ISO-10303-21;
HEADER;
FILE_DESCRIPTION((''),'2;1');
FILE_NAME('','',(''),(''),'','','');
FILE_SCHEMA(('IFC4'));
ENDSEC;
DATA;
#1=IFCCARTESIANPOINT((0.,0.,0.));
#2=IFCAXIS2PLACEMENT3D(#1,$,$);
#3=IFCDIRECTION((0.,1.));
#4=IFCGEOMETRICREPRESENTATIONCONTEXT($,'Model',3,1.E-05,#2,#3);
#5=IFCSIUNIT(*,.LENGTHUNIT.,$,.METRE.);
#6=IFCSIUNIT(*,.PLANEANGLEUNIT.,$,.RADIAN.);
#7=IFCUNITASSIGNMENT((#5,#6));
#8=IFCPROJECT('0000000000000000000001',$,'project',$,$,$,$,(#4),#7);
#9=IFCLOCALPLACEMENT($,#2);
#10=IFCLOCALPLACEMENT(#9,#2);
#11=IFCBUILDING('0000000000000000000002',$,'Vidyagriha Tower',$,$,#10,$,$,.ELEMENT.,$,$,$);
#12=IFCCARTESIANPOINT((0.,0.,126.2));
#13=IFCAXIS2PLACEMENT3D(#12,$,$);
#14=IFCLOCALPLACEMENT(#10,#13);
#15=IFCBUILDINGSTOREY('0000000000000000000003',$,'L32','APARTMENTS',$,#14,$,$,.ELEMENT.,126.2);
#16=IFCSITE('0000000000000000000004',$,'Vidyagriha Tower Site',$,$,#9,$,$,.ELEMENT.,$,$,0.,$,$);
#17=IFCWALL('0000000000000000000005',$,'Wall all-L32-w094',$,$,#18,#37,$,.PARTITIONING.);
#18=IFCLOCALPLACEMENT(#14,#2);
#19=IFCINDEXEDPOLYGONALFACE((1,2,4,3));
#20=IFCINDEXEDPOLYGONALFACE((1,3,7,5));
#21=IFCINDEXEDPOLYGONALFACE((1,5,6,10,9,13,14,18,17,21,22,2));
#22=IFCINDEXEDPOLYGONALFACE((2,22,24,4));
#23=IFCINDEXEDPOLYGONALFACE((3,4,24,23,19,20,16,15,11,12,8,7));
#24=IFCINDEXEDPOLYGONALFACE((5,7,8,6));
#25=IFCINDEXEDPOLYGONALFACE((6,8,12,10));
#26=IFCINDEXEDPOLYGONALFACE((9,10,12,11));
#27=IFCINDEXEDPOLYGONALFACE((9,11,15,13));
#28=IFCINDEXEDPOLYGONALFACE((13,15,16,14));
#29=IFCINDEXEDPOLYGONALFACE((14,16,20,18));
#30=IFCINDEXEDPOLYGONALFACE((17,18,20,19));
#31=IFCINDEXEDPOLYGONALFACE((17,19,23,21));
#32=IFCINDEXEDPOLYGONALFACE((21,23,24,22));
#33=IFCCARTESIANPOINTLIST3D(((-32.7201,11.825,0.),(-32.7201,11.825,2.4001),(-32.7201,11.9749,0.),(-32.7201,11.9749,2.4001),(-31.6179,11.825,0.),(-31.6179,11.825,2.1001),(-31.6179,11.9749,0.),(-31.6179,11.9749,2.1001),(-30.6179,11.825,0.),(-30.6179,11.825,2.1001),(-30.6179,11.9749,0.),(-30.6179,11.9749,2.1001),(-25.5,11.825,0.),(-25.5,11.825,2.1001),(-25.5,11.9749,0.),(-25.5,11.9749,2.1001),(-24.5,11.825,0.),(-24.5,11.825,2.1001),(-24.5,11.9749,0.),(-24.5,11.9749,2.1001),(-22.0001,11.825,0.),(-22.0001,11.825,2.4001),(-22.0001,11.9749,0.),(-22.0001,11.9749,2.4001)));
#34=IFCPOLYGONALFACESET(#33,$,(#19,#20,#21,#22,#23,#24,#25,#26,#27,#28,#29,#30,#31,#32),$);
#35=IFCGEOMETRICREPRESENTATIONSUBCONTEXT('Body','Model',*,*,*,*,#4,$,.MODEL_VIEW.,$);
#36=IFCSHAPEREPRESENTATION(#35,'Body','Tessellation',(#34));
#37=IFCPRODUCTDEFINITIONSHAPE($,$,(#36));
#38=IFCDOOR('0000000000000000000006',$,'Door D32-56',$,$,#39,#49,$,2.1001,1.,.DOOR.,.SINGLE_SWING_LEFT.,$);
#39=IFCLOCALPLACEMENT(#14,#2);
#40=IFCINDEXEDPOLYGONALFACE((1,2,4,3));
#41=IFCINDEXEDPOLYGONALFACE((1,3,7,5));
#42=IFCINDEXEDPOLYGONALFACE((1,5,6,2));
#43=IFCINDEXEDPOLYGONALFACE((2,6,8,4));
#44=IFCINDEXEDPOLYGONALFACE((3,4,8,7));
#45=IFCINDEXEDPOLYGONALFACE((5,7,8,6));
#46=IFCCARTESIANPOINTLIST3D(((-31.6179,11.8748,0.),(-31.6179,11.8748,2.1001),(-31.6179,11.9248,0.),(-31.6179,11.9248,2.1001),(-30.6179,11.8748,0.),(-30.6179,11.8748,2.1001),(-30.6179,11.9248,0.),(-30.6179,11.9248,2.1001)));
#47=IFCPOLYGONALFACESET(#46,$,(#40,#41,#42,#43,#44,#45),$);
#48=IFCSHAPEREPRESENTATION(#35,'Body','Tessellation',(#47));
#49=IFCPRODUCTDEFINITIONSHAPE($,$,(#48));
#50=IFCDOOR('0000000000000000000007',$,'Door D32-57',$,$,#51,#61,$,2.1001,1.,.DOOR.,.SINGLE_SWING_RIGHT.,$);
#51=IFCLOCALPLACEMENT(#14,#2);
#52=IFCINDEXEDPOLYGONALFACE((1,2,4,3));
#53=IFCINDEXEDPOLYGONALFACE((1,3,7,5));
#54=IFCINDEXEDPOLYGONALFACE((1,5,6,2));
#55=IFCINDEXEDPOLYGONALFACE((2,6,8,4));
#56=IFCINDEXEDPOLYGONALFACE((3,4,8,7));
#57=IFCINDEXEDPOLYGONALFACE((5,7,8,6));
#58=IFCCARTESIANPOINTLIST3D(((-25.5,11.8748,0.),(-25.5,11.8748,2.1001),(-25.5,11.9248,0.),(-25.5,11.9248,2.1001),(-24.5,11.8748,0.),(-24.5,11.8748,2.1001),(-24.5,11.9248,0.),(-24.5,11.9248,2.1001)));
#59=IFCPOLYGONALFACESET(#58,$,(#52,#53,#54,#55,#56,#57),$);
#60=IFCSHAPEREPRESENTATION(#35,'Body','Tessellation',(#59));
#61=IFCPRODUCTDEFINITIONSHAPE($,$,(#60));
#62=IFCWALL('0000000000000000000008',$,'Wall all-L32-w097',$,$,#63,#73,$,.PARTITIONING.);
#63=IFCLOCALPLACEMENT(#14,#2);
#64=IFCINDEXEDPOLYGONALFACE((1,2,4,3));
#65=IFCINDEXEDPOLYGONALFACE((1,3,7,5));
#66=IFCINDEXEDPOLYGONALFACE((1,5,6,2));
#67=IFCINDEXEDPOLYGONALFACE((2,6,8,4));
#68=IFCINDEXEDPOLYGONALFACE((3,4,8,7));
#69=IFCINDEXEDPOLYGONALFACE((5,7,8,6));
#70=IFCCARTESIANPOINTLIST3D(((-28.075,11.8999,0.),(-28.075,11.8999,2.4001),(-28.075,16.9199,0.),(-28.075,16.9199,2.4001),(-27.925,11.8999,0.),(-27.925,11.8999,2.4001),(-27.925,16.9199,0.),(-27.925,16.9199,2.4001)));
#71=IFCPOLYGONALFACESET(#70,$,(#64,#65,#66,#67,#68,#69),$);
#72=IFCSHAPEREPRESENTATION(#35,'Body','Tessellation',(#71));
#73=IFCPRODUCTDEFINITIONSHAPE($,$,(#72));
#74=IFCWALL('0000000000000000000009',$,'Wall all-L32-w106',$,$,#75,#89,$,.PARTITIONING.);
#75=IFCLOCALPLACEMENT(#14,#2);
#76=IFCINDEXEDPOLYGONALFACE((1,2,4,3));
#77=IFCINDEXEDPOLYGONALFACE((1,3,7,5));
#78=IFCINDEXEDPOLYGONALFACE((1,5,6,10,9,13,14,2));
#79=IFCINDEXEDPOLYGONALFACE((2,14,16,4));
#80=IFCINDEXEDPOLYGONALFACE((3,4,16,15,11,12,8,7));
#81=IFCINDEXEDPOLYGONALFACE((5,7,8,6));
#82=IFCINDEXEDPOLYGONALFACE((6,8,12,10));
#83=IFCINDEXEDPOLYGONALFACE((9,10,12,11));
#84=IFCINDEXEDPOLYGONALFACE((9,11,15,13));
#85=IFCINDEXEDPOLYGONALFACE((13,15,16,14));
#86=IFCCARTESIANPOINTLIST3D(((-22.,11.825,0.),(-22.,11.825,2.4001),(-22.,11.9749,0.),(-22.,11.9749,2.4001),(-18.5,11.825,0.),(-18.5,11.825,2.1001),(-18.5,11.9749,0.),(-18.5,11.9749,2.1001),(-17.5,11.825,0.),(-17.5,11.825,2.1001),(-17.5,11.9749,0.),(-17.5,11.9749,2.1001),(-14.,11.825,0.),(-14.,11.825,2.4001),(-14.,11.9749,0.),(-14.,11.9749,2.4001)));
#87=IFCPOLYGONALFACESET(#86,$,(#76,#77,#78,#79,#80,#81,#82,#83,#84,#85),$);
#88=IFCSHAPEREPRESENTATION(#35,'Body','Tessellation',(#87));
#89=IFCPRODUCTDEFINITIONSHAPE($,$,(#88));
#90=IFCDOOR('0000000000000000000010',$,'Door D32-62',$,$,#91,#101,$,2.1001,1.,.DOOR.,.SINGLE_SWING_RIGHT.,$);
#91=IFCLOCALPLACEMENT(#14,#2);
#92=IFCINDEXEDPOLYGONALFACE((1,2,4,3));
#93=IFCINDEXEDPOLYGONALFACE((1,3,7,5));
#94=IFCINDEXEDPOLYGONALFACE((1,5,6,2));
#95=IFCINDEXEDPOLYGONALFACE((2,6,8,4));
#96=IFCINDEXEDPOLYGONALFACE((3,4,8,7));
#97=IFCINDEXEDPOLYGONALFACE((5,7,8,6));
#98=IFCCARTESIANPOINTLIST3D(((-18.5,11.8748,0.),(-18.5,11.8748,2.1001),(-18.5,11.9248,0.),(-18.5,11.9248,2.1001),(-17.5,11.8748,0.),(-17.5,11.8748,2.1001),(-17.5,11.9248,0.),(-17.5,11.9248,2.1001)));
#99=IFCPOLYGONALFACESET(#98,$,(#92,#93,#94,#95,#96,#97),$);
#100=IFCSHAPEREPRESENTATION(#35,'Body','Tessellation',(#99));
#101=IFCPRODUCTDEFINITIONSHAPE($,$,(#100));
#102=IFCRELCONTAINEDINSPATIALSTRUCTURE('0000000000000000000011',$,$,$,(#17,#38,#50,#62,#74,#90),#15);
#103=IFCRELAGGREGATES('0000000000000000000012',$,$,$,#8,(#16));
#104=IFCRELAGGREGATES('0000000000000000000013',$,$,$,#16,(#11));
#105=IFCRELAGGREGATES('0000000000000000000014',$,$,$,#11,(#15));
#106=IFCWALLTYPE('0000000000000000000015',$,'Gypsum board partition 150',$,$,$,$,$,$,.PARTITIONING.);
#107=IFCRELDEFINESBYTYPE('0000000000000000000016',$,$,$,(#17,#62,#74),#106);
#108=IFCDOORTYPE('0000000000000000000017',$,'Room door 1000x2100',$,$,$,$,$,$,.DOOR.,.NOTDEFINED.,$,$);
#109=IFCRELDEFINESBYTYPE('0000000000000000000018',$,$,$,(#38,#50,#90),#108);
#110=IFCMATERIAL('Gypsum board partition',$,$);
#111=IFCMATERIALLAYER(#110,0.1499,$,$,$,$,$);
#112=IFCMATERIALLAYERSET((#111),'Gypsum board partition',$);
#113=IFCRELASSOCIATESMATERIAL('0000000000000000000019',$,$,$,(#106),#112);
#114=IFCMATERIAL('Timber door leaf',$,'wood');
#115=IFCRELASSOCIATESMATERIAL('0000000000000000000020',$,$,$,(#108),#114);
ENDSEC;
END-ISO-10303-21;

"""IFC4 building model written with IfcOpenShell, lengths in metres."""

from ifc_helpers import new_model, si_unit, direction, frame, frame_2d, origin, place, context, subcontext, project, spatial, rectangle, extrude, material, layer, layer_set, type_object, element, fill, save


model = new_model("IFC4")

# Units and contexts
model_context = context("Model", 3, precision=1e-05, world=origin(), true_north=direction((0.0, 1.0)))
body_context = subcontext(model_context, "Body", "Model", "MODEL_VIEW")
ifc_project = project(units=[si_unit("LENGTHUNIT", "METRE"), si_unit("PLANEANGLEUNIT", "RADIAN")], contexts=[model_context])

# Site, building, storey
site_placement = place(None, origin())
site = spatial("IfcSite", under=ifc_project, at=site_placement, Name="Vidyagriha Tower Site", CompositionType="ELEMENT", RefElevation=0.0)
building_placement = place(site_placement, origin())
building = spatial("IfcBuilding", under=site, at=building_placement, Name="Vidyagriha Tower", CompositionType="ELEMENT")
storey_placement = place(building_placement, frame((0.0, 0.0, 126.2)))
storey = spatial("IfcBuildingStorey", under=building, at=storey_placement, Name="L32", Description="APARTMENTS", CompositionType="ELEMENT", Elevation=126.2)

# Wall, openings, doors
ifc_material_1 = material(Name="Gypsum board partition")
ifc_layer_1 = layer(ifc_material_1, 0.1499)
ifc_layer_set_1 = layer_set([ifc_layer_1], Name="Gypsum board partition")
wall_type_1 = type_object("IfcWallType", Name="Gypsum board partition 150", PredefinedType="PARTITIONING", material=ifc_layer_set_1)
wall_1_placement = place(storey_placement, frame((-32.72, 11.8999, 0.0)))
wall_1 = element("IfcWall", 1, at=wall_1_placement, inside=storey, type_object=wall_type_1, Name="Wall all-L32-w094", PredefinedType="PARTITIONING", context=body_context, shape_type="SweptSolid", body=[
    extrude(rectangle(XDim=10.72, YDim=0.1499, at=frame_2d((5.3599, 0.0))), origin(), (0.0, 0.0, 1.0), 2.4001),
])
opening_1_placement = place(wall_1_placement, frame((1.1021, 0.0, 0.0)))
opening_1 = element("IfcOpeningElement", 2, at=opening_1_placement, cuts=wall_1, PredefinedType="OPENING", context=body_context, shape_type="SweptSolid", body=[
    extrude(rectangle(XDim=1.0, YDim=2.1001, at=frame_2d((0.5, 1.05))), frame((0.0, 0.085, 0.0), z_axis=(0.0, -1.0, 0.0), x_axis=(1.0, 0.0, 0.0)), (0.0, 0.0, 1.0), 0.1699),
])
opening_2_placement = place(wall_1_placement, frame((7.22, 0.0, 0.0)))
opening_2 = element("IfcOpeningElement", 3, at=opening_2_placement, cuts=wall_1, PredefinedType="OPENING", context=body_context, shape_type="SweptSolid", body=[
    extrude(rectangle(XDim=1.0, YDim=2.1001, at=frame_2d((0.5, 1.05))), frame((0.0, 0.085, 0.0), z_axis=(0.0, -1.0, 0.0), x_axis=(1.0, 0.0, 0.0)), (0.0, 0.0, 1.0), 0.1699),
])
ifc_material_2 = material(Name="Timber door leaf", Category="wood")
door_type = type_object("IfcDoorType", Name="Room door 1000x2100", OperationType="NOTDEFINED", PredefinedType="DOOR", material=ifc_material_2)
door_1_placement = place(opening_1_placement, origin())
door_1 = element("IfcDoor", 4, at=door_1_placement, inside=storey, type_object=door_type, Name="Door D32-56", OperationType="SINGLE_SWING_LEFT", OverallHeight=2.1001, OverallWidth=1.0, PredefinedType="DOOR", context=body_context, shape_type="SweptSolid", body=[
    extrude(rectangle(XDim=1.0, YDim=2.1001, at=frame_2d((0.5, 1.05))), frame((0.0, 0.0249, 0.0), z_axis=(0.0, -1.0, 0.0), x_axis=(1.0, 0.0, 0.0)), (0.0, 0.0, 1.0), 0.05),
])
fill(opening_1, door_1)
door_2_placement = place(opening_2_placement, origin())
door_2 = element("IfcDoor", 5, at=door_2_placement, inside=storey, type_object=door_type, Name="Door D32-57", OperationType="SINGLE_SWING_RIGHT", OverallHeight=2.1001, OverallWidth=1.0, PredefinedType="DOOR", context=body_context, shape_type="SweptSolid", body=[
    extrude(rectangle(XDim=1.0, YDim=2.1001, at=frame_2d((0.5, 1.05))), frame((0.0, 0.0249, 0.0), z_axis=(0.0, -1.0, 0.0), x_axis=(1.0, 0.0, 0.0)), (0.0, 0.0, 1.0), 0.05),
])
fill(opening_2, door_2)

# Wall
wall_2_placement = place(storey_placement, frame((-28.0, 16.9199, 0.0), z_axis=(0.0, 0.0, 1.0), x_axis=(0.0, -1.0, 0.0)))
element("IfcWall", 6, at=wall_2_placement, inside=storey, type_object=wall_type_1, Name="Wall all-L32-w097", PredefinedType="PARTITIONING", context=body_context, shape_type="SweptSolid", body=[
    extrude(rectangle(XDim=5.02, YDim=0.1499, at=frame_2d((2.51, 0.0))), origin(), (0.0, 0.0, 1.0), 2.4001),
])

# Wall, opening, door
wall_3_placement = place(storey_placement, frame((-22.0, 11.8999, 0.0)))
wall_3 = element("IfcWall", 7, at=wall_3_placement, inside=storey, type_object=wall_type_1, Name="Wall all-L32-w106", PredefinedType="PARTITIONING", context=body_context, shape_type="SweptSolid", body=[
    extrude(rectangle(XDim=8.0, YDim=0.1499, at=frame_2d((4.0, 0.0))), origin(), (0.0, 0.0, 1.0), 2.4001),
])
opening_3_placement = place(wall_3_placement, frame((3.5, 0.0, 0.0)))
opening_3 = element("IfcOpeningElement", 8, at=opening_3_placement, cuts=wall_3, PredefinedType="OPENING", context=body_context, shape_type="SweptSolid", body=[
    extrude(rectangle(XDim=1.0, YDim=2.1001, at=frame_2d((0.5, 1.05))), frame((0.0, 0.085, 0.0), z_axis=(0.0, -1.0, 0.0), x_axis=(1.0, 0.0, 0.0)), (0.0, 0.0, 1.0), 0.1699),
])
door_3_placement = place(opening_3_placement, origin())
door_3 = element("IfcDoor", 9, at=door_3_placement, inside=storey, type_object=door_type, Name="Door D32-62", OperationType="SINGLE_SWING_RIGHT", OverallHeight=2.1001, OverallWidth=1.0, PredefinedType="DOOR", context=body_context, shape_type="SweptSolid", body=[
    extrude(rectangle(XDim=1.0, YDim=2.1001, at=frame_2d((0.5, 1.05))), frame((0.0, 0.0249, 0.0), z_axis=(0.0, -1.0, 0.0), x_axis=(1.0, 0.0, 0.0)), (0.0, 0.0, 1.0), 0.05),
])
fill(opening_3, door_3)

save(model, "model.ifc")
